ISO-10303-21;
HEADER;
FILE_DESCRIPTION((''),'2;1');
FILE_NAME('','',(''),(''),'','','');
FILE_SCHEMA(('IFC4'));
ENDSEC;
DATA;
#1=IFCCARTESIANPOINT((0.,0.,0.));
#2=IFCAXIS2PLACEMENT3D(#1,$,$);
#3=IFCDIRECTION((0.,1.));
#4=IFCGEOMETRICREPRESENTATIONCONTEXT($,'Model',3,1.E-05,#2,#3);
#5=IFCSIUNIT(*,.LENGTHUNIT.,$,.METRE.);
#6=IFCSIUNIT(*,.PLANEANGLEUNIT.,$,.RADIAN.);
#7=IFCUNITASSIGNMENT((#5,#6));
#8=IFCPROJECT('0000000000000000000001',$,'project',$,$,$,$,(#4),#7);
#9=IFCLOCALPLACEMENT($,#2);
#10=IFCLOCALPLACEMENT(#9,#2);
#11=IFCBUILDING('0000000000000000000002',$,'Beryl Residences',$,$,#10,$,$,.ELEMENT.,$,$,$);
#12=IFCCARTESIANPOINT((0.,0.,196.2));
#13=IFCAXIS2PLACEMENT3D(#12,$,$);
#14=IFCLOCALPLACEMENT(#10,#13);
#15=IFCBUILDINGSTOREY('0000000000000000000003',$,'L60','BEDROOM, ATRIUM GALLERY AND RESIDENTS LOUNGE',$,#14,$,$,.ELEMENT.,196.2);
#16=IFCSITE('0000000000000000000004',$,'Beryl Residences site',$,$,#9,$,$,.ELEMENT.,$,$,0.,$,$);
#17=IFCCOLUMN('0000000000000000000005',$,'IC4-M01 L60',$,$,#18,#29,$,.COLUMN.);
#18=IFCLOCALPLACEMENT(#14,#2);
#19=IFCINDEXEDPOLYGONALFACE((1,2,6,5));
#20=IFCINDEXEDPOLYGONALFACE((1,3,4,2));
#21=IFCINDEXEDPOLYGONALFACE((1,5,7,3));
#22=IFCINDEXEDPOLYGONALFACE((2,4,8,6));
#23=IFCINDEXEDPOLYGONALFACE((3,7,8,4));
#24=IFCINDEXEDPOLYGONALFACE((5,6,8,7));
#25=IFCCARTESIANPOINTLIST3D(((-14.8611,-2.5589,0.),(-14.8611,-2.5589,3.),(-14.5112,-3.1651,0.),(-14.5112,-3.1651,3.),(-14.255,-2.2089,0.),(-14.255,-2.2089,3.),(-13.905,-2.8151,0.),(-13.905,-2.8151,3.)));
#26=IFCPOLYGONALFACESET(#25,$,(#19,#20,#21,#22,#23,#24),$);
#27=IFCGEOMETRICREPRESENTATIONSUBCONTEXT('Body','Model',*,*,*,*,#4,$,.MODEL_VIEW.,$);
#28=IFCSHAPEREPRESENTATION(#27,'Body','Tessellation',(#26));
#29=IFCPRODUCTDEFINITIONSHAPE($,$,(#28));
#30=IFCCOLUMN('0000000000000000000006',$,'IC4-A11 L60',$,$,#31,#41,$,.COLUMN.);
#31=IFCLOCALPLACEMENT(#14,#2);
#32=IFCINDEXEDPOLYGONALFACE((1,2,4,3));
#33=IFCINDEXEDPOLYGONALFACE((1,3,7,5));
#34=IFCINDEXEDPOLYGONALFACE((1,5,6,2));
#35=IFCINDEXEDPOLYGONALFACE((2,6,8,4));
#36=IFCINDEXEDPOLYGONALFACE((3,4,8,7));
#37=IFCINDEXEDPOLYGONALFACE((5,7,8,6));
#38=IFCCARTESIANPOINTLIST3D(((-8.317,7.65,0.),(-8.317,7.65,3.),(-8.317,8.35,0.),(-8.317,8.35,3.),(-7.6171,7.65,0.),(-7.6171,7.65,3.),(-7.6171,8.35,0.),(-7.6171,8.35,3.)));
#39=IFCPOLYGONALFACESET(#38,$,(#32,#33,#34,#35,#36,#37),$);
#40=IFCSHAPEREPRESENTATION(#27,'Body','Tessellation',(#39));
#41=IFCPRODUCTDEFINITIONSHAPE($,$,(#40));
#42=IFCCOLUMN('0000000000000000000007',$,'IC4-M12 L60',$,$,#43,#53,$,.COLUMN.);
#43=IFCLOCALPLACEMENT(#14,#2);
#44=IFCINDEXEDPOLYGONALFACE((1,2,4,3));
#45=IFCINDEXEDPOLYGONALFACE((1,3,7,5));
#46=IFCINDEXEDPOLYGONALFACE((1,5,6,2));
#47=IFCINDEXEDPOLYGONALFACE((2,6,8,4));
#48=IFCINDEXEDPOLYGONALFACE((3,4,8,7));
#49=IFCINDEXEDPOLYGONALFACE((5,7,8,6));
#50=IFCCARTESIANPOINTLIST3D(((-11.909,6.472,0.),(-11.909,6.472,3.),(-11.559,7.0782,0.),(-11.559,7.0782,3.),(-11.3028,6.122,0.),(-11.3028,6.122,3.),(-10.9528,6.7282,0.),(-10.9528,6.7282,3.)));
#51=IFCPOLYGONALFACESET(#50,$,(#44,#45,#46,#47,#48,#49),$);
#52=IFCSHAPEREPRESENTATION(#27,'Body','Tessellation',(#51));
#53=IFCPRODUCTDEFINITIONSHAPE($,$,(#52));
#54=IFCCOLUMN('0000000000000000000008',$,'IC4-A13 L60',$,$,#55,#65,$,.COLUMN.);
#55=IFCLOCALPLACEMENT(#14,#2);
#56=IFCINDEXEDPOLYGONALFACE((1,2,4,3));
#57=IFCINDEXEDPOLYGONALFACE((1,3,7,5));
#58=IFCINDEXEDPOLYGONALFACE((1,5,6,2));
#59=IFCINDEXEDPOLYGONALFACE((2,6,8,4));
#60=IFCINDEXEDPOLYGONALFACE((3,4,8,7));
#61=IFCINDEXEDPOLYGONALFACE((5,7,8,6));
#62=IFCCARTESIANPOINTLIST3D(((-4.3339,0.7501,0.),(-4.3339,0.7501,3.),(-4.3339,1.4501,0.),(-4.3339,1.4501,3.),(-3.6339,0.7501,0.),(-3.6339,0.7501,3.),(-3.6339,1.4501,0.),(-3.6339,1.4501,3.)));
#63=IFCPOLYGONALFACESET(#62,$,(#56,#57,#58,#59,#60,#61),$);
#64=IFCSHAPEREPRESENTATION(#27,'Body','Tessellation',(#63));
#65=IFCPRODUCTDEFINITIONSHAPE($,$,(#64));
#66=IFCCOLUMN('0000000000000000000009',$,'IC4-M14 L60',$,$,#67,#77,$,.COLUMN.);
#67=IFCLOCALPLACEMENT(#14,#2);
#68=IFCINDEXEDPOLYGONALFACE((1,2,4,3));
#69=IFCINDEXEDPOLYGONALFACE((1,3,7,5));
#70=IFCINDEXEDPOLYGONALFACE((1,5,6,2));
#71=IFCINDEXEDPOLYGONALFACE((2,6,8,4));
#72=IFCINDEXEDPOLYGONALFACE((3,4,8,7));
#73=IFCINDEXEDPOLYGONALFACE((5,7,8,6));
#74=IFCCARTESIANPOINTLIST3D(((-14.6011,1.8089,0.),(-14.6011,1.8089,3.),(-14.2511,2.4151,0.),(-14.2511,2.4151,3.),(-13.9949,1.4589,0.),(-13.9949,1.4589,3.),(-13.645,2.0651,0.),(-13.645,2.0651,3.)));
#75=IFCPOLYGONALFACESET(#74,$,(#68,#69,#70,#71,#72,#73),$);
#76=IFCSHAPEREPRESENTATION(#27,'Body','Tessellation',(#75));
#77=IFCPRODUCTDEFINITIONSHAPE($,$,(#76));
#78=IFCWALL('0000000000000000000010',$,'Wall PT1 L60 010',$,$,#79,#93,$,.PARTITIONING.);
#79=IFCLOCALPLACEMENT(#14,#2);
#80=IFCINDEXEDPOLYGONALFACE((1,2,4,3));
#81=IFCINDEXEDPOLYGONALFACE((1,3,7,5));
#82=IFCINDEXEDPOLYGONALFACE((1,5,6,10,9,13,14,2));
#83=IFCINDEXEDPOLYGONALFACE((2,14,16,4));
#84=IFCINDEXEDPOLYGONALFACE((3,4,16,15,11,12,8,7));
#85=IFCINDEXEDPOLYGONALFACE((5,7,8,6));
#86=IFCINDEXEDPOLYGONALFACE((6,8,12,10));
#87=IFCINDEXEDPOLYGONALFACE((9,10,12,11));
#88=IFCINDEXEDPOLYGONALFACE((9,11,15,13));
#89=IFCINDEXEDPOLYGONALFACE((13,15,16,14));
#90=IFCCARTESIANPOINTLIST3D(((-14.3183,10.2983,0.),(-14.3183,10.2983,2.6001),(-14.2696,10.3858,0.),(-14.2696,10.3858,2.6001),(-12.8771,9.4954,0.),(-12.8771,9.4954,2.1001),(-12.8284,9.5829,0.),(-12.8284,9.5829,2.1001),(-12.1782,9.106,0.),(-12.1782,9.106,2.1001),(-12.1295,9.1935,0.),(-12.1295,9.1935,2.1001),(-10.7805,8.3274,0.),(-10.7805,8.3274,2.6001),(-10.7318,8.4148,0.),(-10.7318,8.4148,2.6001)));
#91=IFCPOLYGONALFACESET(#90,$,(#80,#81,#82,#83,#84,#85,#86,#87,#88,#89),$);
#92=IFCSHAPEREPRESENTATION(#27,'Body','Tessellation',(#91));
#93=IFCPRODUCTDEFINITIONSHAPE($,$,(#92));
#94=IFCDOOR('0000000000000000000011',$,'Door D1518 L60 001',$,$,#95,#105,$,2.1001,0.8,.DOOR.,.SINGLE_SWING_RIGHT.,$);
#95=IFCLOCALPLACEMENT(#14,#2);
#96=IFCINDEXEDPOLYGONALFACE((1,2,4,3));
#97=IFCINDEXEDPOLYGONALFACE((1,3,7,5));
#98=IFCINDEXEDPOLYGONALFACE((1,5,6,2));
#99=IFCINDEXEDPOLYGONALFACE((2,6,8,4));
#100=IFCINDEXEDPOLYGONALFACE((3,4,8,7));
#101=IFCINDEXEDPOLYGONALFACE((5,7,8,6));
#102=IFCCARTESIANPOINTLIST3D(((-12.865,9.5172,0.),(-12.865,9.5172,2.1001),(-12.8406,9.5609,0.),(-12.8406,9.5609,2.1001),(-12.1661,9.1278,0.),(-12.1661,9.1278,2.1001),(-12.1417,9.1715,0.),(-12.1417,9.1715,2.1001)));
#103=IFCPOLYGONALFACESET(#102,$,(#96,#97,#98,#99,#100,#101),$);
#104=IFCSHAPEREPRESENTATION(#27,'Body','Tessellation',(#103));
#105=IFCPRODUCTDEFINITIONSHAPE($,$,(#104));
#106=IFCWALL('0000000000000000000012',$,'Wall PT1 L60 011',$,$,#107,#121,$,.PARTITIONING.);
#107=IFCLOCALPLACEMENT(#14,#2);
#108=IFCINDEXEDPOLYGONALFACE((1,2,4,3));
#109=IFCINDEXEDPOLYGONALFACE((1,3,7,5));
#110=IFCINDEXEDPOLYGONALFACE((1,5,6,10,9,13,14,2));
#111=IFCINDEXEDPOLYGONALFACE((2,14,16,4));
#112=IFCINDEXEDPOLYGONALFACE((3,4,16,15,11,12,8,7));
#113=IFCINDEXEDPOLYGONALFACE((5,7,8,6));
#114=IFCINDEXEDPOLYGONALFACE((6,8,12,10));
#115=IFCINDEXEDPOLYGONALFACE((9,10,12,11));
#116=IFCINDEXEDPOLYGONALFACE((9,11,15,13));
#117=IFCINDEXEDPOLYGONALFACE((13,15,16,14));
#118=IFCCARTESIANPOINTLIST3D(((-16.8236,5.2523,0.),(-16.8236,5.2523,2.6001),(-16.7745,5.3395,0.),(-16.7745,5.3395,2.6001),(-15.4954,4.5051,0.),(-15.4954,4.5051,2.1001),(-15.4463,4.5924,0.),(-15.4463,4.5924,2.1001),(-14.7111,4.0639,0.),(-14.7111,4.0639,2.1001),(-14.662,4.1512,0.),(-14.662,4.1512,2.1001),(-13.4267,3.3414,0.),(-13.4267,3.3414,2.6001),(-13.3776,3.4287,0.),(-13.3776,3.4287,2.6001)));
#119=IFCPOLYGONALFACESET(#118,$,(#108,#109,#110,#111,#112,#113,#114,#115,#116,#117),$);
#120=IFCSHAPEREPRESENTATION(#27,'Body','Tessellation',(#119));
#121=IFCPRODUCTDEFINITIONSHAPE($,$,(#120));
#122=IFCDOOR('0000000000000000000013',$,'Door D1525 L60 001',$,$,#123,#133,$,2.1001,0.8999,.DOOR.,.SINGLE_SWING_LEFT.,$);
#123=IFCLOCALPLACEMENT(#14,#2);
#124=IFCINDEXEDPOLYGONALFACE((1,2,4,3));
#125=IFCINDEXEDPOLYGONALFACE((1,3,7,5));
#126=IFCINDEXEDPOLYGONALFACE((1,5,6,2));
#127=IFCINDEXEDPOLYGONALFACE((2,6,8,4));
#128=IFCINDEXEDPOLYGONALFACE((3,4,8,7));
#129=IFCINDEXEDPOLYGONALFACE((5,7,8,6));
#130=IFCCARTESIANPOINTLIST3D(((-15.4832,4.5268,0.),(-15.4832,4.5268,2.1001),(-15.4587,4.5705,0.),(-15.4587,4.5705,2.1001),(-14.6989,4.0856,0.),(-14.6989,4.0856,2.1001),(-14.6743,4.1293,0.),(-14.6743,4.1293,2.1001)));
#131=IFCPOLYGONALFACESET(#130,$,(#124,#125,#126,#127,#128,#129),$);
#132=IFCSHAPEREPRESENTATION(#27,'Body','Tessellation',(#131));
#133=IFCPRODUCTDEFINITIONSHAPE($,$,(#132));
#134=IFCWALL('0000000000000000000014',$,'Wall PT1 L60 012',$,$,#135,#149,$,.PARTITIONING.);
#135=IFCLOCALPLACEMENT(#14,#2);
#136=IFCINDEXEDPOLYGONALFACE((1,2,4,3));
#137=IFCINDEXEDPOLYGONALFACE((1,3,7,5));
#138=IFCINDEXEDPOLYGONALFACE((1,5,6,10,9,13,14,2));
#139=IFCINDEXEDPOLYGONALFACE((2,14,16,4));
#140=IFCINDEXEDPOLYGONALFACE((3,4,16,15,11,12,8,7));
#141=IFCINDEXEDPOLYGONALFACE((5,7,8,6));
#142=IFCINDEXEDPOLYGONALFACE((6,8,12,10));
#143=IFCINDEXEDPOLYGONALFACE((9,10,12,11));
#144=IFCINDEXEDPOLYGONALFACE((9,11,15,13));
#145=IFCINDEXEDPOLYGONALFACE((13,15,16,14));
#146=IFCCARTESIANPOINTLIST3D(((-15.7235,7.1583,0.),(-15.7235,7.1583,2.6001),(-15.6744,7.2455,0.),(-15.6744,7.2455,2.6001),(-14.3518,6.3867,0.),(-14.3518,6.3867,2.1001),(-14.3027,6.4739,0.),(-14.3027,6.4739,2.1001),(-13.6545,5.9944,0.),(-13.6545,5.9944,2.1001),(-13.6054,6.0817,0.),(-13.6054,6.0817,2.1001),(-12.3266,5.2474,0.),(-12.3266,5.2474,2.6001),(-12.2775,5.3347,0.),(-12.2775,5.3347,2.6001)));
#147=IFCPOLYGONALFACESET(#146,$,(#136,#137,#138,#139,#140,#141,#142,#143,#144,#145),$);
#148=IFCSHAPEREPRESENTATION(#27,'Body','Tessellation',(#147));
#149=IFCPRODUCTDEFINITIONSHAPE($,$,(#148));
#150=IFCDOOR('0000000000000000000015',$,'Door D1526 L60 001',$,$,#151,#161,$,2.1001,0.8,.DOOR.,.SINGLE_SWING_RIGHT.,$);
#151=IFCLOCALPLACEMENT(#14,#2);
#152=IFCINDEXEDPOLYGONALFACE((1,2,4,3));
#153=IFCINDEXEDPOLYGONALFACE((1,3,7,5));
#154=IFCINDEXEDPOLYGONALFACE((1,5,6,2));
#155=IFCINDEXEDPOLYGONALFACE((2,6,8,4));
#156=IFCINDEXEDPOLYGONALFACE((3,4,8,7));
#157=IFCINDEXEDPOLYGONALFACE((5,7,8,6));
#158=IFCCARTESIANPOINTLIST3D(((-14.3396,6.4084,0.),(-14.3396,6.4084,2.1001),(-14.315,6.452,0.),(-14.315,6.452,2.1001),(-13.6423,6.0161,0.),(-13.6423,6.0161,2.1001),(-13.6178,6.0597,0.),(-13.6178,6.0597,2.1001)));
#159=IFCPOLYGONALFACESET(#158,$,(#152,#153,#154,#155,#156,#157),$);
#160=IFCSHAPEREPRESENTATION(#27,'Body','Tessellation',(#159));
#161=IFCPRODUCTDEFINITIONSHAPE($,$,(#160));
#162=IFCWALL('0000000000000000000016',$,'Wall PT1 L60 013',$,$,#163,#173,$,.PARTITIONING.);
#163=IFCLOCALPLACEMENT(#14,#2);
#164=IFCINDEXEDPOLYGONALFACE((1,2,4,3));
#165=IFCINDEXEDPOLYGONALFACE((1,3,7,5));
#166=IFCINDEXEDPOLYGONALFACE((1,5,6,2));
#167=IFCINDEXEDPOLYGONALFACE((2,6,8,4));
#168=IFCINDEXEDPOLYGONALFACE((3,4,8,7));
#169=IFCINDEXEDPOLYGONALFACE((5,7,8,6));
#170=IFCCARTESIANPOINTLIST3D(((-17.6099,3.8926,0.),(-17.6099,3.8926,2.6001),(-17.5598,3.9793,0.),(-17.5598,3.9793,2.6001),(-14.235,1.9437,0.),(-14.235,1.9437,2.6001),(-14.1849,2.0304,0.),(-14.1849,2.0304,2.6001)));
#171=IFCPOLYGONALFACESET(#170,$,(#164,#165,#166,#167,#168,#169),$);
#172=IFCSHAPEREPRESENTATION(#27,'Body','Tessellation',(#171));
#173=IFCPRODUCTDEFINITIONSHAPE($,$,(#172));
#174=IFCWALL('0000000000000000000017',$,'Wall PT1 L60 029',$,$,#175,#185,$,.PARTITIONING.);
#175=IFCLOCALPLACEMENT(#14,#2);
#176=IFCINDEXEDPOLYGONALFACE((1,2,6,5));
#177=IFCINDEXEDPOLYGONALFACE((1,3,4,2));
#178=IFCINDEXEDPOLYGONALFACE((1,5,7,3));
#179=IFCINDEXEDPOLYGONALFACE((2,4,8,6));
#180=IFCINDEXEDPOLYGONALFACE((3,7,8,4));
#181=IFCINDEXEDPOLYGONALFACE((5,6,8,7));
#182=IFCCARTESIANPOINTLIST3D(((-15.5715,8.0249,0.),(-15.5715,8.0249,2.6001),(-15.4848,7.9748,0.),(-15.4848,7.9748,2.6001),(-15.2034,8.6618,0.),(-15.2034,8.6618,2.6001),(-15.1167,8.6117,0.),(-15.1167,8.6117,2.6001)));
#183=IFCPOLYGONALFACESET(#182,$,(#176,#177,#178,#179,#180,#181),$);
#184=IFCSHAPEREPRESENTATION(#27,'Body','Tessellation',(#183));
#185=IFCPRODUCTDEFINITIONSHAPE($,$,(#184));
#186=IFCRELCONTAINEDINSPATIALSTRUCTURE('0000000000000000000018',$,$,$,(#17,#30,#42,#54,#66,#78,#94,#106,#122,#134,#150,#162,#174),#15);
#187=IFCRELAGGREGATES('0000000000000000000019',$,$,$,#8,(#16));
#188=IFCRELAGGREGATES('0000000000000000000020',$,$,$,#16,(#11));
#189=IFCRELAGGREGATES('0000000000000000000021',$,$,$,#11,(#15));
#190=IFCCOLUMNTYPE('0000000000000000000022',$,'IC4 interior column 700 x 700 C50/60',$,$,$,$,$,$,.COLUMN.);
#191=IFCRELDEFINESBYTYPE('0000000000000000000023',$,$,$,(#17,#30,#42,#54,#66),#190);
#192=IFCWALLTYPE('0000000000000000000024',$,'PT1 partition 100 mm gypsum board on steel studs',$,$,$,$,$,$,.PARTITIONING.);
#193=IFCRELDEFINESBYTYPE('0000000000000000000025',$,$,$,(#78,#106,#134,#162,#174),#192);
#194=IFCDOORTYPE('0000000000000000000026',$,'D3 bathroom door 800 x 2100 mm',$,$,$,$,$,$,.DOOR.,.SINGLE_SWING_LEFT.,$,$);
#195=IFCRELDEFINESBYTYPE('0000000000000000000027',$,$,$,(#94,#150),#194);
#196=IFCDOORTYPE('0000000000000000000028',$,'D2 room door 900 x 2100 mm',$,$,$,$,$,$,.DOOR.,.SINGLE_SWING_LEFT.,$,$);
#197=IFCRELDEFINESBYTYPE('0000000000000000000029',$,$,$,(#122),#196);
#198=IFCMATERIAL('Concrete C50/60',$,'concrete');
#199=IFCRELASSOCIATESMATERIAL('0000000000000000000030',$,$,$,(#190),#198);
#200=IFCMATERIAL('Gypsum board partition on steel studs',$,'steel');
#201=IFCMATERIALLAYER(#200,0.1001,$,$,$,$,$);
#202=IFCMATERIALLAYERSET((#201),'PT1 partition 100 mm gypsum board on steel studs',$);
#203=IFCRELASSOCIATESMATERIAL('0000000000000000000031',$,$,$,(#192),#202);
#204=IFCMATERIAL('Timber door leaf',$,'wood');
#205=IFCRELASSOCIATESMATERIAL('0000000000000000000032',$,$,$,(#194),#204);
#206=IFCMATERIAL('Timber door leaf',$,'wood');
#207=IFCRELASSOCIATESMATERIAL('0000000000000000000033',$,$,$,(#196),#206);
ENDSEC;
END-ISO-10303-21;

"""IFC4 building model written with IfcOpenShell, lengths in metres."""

from ifc_helpers import new_model, si_unit, direction, frame, frame_2d, origin, origin_2d, place, context, subcontext, project, spatial, rectangle, extrude, material, layer, layer_set, material_profile, profile_set, type_object, element, fill, save


model = new_model("IFC4")

# Units and contexts
model_context = context("Model", 3, precision=1e-05, world=origin(), true_north=direction((0.0, 1.0)))
body_context = subcontext(model_context, "Body", "Model", "MODEL_VIEW")
ifc_project = project(units=[si_unit("LENGTHUNIT", "METRE"), si_unit("PLANEANGLEUNIT", "RADIAN")], contexts=[model_context])

# Site, building, storey
site_placement = place(None, origin())
site = spatial("IfcSite", under=ifc_project, at=site_placement, Name="Beryl Residences site", CompositionType="ELEMENT", RefElevation=0.0)
building_placement = place(site_placement, origin())
building = spatial("IfcBuilding", under=site, at=building_placement, Name="Beryl Residences", CompositionType="ELEMENT")
storey_placement = place(building_placement, frame((0.0, 0.0, 196.2)))
storey = spatial("IfcBuildingStorey", under=building, at=storey_placement, Name="L60", Description="BEDROOM, ATRIUM GALLERY AND RESIDENTS LOUNGE", CompositionType="ELEMENT", Elevation=196.2)

# Columns
ifc_material_1 = material(Name="Concrete C50/60", Category="concrete")
ifc_material_profile = material_profile(ifc_material_1, rectangle(XDim=0.7, YDim=0.7, at=origin_2d()))
ifc_profile_set = profile_set([ifc_material_profile], Name="Concrete C50/60")
column_type = type_object("IfcColumnType", Name="IC4 interior column 700 x 700 C50/60", PredefinedType="COLUMN", material=ifc_profile_set)
for number, where, z_axis, x_axis, name in (
    (1, (-14.3831, -2.687, 0.0), (0.0, 0.0, 1.0), (0.5, -0.866025, 0.0), "IC4-M01 L60"),
    (2, (-7.967, 8.0, 0.0), (0.0, 0.0, 1.0), (1.0, 0.0, 0.0), "IC4-A11 L60"),
    (3, (-11.4309, 6.6001, 0.0), (0.0, 0.0, 1.0), (-0.5, -0.866025, 0.0), "IC4-M12 L60"),
    (4, (-3.9839, 1.1001, 0.0), (0.0, 0.0, 1.0), (1.0, 0.0, 0.0), "IC4-A13 L60"),
    (5, (-14.123, 1.937, 0.0), (0.0, 0.0, 1.0), (-0.5, -0.866025, 0.0), "IC4-M14 L60"),
):
    element("IfcColumn", number, at=place(storey_placement, frame(where, z_axis=z_axis, x_axis=x_axis)), inside=storey, type_object=column_type, Name=name, PredefinedType="COLUMN", context=body_context, shape_type="SweptSolid", body=[
        extrude(rectangle(XDim=0.7, YDim=0.7, at=origin_2d()), origin(), (0.0, 0.0, 1.0), 3.0),
    ])

# Walls, openings, doors
ifc_material_2 = material(Name="Gypsum board partition on steel studs", Category="steel")
ifc_layer_1 = layer(ifc_material_2, 0.1001)
ifc_layer_set_1 = layer_set([ifc_layer_1], Name="PT1 partition 100 mm gypsum board on steel studs")
wall_type_1 = type_object("IfcWallType", Name="PT1 partition 100 mm gypsum board on steel studs", PredefinedType="PARTITIONING", material=ifc_layer_set_1)
wall_1_placement = place(storey_placement, frame((-14.2939, 10.342, 0.0), z_axis=(0.0, 0.0, 1.0), x_axis=(0.873582, -0.486677, 0.0)))
wall_1 = element("IfcWall", 6, at=wall_1_placement, inside=storey, type_object=wall_type_1, Name="Wall PT1 L60 010", PredefinedType="PARTITIONING", context=body_context, shape_type="SweptSolid", body=[
    extrude(rectangle(XDim=4.0498, YDim=0.1001, at=frame_2d((2.0249, 0.0))), origin(), (0.0, 0.0, 1.0), 2.6001),
])
opening_1_placement = place(wall_1_placement, frame((1.6499, 0.0, 0.0)))
opening_1 = element("IfcOpeningElement", 7, at=opening_1_placement, cuts=wall_1, PredefinedType="OPENING", context=body_context, shape_type="SweptSolid", body=[
    extrude(rectangle(XDim=0.8, YDim=2.1001, at=frame_2d((0.3999, 1.05))), frame((0.0, 0.0601, 0.0), z_axis=(0.0, -1.0, 0.0), x_axis=(1.0, 0.0, 0.0)), (0.0, 0.0, 1.0), 0.1201),
])
ifc_material_3 = material(Name="Timber door leaf", Category="wood")
door_type_1 = type_object("IfcDoorType", Name="D3 bathroom door 800 x 2100 mm", OperationType="SINGLE_SWING_LEFT", PredefinedType="DOOR", material=ifc_material_3)
door_1_placement = place(opening_1_placement, origin())
door_1 = element("IfcDoor", 8, at=door_1_placement, inside=storey, type_object=door_type_1, Name="Door D1518 L60 001", OperationType="SINGLE_SWING_RIGHT", OverallHeight=2.1001, OverallWidth=0.8, PredefinedType="DOOR", context=body_context, shape_type="SweptSolid", body=[
    extrude(rectangle(XDim=0.8, YDim=2.1001, at=frame_2d((0.3999, 1.05))), frame((0.0, 0.0249, 0.0), z_axis=(0.0, -1.0, 0.0), x_axis=(1.0, 0.0, 0.0)), (0.0, 0.0, 1.0), 0.05),
])
fill(opening_1, door_1)
wall_2_placement = place(storey_placement, frame((-16.7991, 5.2959, 0.0), z_axis=(0.0, 0.0, 1.0), x_axis=(0.871565, -0.490279, 0.0)))
wall_2 = element("IfcWall", 9, at=wall_2_placement, inside=storey, type_object=wall_type_1, Name="Wall PT1 L60 011", PredefinedType="PARTITIONING", context=body_context, shape_type="SweptSolid", body=[
    extrude(rectangle(XDim=3.8975, YDim=0.1001, at=frame_2d((1.9487, 0.0))), origin(), (0.0, 0.0, 1.0), 2.6001),
])
opening_2_placement = place(wall_2_placement, frame((1.5239, 0.0, 0.0)))
opening_2 = element("IfcOpeningElement", 10, at=opening_2_placement, cuts=wall_2, PredefinedType="OPENING", context=body_context, shape_type="SweptSolid", body=[
    extrude(rectangle(XDim=0.8999, YDim=2.1001, at=frame_2d((0.45, 1.05))), frame((0.0, 0.0601, 0.0), z_axis=(0.0, -1.0, 0.0), x_axis=(1.0, 0.0, 0.0)), (0.0, 0.0, 1.0), 0.1201),
])
ifc_material_4 = material(Name="Timber door leaf", Category="wood")
door_type_2 = type_object("IfcDoorType", Name="D2 room door 900 x 2100 mm", OperationType="SINGLE_SWING_LEFT", PredefinedType="DOOR", material=ifc_material_4)
door_2_placement = place(opening_2_placement, origin())
door_2 = element("IfcDoor", 11, at=door_2_placement, inside=storey, type_object=door_type_2, Name="Door D1525 L60 001", OperationType="SINGLE_SWING_LEFT", OverallHeight=2.1001, OverallWidth=0.8999, PredefinedType="DOOR", context=body_context, shape_type="SweptSolid", body=[
    extrude(rectangle(XDim=0.8999, YDim=2.1001, at=frame_2d((0.45, 1.05))), frame((0.0, 0.0249, 0.0), z_axis=(0.0, -1.0, 0.0), x_axis=(1.0, 0.0, 0.0)), (0.0, 0.0, 1.0), 0.05),
])
fill(opening_2, door_2)
wall_3_placement = place(storey_placement, frame((-15.699, 7.2019, 0.0), z_axis=(0.0, 0.0, 1.0), x_axis=(0.871565, -0.490279, 0.0)))
wall_3 = element("IfcWall", 12, at=wall_3_placement, inside=storey, type_object=wall_type_1, Name="Wall PT1 L60 012", PredefinedType="PARTITIONING", context=body_context, shape_type="SweptSolid", body=[
    extrude(rectangle(XDim=3.8975, YDim=0.1001, at=frame_2d((1.9487, 0.0))), origin(), (0.0, 0.0, 1.0), 2.6001),
])
opening_3_placement = place(wall_3_placement, frame((1.574, 0.0, 0.0)))
opening_3 = element("IfcOpeningElement", 13, at=opening_3_placement, cuts=wall_3, PredefinedType="OPENING", context=body_context, shape_type="SweptSolid", body=[
    extrude(rectangle(XDim=0.8, YDim=2.1001, at=frame_2d((0.3999, 1.05))), frame((0.0, 0.0601, 0.0), z_axis=(0.0, -1.0, 0.0), x_axis=(1.0, 0.0, 0.0)), (0.0, 0.0, 1.0), 0.1201),
])
door_3_placement = place(opening_3_placement, origin())
door_3 = element("IfcDoor", 14, at=door_3_placement, inside=storey, type_object=door_type_1, Name="Door D1526 L60 001", OperationType="SINGLE_SWING_RIGHT", OverallHeight=2.1001, OverallWidth=0.8, PredefinedType="DOOR", context=body_context, shape_type="SweptSolid", body=[
    extrude(rectangle(XDim=0.8, YDim=2.1001, at=frame_2d((0.3999, 1.05))), frame((0.0, 0.0249, 0.0), z_axis=(0.0, -1.0, 0.0), x_axis=(1.0, 0.0, 0.0)), (0.0, 0.0, 1.0), 0.05),
])
fill(opening_3, door_3)

# Walls
wall_4_placement = place(storey_placement, frame((-17.585, 3.936, 0.0), z_axis=(0.0, 0.0, 1.0), x_axis=(0.865979, -0.50008, 0.0)))
element("IfcWall", 15, at=wall_4_placement, inside=storey, type_object=wall_type_1, Name="Wall PT1 L60 013", PredefinedType="PARTITIONING", context=body_context, shape_type="SweptSolid", body=[
    extrude(rectangle(XDim=3.8972, YDim=0.1001, at=frame_2d((1.9487, 0.0))), origin(), (0.0, 0.0, 1.0), 2.6001),
])
wall_5_placement = place(storey_placement, frame((-15.5281, 8.0, 0.0), z_axis=(0.0, 0.0, 1.0), x_axis=(0.500421, 0.865782, 0.0)))
element("IfcWall", 16, at=wall_5_placement, inside=storey, type_object=wall_type_1, Name="Wall PT1 L60 029", PredefinedType="PARTITIONING", context=body_context, shape_type="SweptSolid", body=[
    extrude(rectangle(XDim=0.7356, YDim=0.1001, at=frame_2d((0.3677, 0.0))), origin(), (0.0, 0.0, 1.0), 2.6001),
])

save(model, "model.ifc")
